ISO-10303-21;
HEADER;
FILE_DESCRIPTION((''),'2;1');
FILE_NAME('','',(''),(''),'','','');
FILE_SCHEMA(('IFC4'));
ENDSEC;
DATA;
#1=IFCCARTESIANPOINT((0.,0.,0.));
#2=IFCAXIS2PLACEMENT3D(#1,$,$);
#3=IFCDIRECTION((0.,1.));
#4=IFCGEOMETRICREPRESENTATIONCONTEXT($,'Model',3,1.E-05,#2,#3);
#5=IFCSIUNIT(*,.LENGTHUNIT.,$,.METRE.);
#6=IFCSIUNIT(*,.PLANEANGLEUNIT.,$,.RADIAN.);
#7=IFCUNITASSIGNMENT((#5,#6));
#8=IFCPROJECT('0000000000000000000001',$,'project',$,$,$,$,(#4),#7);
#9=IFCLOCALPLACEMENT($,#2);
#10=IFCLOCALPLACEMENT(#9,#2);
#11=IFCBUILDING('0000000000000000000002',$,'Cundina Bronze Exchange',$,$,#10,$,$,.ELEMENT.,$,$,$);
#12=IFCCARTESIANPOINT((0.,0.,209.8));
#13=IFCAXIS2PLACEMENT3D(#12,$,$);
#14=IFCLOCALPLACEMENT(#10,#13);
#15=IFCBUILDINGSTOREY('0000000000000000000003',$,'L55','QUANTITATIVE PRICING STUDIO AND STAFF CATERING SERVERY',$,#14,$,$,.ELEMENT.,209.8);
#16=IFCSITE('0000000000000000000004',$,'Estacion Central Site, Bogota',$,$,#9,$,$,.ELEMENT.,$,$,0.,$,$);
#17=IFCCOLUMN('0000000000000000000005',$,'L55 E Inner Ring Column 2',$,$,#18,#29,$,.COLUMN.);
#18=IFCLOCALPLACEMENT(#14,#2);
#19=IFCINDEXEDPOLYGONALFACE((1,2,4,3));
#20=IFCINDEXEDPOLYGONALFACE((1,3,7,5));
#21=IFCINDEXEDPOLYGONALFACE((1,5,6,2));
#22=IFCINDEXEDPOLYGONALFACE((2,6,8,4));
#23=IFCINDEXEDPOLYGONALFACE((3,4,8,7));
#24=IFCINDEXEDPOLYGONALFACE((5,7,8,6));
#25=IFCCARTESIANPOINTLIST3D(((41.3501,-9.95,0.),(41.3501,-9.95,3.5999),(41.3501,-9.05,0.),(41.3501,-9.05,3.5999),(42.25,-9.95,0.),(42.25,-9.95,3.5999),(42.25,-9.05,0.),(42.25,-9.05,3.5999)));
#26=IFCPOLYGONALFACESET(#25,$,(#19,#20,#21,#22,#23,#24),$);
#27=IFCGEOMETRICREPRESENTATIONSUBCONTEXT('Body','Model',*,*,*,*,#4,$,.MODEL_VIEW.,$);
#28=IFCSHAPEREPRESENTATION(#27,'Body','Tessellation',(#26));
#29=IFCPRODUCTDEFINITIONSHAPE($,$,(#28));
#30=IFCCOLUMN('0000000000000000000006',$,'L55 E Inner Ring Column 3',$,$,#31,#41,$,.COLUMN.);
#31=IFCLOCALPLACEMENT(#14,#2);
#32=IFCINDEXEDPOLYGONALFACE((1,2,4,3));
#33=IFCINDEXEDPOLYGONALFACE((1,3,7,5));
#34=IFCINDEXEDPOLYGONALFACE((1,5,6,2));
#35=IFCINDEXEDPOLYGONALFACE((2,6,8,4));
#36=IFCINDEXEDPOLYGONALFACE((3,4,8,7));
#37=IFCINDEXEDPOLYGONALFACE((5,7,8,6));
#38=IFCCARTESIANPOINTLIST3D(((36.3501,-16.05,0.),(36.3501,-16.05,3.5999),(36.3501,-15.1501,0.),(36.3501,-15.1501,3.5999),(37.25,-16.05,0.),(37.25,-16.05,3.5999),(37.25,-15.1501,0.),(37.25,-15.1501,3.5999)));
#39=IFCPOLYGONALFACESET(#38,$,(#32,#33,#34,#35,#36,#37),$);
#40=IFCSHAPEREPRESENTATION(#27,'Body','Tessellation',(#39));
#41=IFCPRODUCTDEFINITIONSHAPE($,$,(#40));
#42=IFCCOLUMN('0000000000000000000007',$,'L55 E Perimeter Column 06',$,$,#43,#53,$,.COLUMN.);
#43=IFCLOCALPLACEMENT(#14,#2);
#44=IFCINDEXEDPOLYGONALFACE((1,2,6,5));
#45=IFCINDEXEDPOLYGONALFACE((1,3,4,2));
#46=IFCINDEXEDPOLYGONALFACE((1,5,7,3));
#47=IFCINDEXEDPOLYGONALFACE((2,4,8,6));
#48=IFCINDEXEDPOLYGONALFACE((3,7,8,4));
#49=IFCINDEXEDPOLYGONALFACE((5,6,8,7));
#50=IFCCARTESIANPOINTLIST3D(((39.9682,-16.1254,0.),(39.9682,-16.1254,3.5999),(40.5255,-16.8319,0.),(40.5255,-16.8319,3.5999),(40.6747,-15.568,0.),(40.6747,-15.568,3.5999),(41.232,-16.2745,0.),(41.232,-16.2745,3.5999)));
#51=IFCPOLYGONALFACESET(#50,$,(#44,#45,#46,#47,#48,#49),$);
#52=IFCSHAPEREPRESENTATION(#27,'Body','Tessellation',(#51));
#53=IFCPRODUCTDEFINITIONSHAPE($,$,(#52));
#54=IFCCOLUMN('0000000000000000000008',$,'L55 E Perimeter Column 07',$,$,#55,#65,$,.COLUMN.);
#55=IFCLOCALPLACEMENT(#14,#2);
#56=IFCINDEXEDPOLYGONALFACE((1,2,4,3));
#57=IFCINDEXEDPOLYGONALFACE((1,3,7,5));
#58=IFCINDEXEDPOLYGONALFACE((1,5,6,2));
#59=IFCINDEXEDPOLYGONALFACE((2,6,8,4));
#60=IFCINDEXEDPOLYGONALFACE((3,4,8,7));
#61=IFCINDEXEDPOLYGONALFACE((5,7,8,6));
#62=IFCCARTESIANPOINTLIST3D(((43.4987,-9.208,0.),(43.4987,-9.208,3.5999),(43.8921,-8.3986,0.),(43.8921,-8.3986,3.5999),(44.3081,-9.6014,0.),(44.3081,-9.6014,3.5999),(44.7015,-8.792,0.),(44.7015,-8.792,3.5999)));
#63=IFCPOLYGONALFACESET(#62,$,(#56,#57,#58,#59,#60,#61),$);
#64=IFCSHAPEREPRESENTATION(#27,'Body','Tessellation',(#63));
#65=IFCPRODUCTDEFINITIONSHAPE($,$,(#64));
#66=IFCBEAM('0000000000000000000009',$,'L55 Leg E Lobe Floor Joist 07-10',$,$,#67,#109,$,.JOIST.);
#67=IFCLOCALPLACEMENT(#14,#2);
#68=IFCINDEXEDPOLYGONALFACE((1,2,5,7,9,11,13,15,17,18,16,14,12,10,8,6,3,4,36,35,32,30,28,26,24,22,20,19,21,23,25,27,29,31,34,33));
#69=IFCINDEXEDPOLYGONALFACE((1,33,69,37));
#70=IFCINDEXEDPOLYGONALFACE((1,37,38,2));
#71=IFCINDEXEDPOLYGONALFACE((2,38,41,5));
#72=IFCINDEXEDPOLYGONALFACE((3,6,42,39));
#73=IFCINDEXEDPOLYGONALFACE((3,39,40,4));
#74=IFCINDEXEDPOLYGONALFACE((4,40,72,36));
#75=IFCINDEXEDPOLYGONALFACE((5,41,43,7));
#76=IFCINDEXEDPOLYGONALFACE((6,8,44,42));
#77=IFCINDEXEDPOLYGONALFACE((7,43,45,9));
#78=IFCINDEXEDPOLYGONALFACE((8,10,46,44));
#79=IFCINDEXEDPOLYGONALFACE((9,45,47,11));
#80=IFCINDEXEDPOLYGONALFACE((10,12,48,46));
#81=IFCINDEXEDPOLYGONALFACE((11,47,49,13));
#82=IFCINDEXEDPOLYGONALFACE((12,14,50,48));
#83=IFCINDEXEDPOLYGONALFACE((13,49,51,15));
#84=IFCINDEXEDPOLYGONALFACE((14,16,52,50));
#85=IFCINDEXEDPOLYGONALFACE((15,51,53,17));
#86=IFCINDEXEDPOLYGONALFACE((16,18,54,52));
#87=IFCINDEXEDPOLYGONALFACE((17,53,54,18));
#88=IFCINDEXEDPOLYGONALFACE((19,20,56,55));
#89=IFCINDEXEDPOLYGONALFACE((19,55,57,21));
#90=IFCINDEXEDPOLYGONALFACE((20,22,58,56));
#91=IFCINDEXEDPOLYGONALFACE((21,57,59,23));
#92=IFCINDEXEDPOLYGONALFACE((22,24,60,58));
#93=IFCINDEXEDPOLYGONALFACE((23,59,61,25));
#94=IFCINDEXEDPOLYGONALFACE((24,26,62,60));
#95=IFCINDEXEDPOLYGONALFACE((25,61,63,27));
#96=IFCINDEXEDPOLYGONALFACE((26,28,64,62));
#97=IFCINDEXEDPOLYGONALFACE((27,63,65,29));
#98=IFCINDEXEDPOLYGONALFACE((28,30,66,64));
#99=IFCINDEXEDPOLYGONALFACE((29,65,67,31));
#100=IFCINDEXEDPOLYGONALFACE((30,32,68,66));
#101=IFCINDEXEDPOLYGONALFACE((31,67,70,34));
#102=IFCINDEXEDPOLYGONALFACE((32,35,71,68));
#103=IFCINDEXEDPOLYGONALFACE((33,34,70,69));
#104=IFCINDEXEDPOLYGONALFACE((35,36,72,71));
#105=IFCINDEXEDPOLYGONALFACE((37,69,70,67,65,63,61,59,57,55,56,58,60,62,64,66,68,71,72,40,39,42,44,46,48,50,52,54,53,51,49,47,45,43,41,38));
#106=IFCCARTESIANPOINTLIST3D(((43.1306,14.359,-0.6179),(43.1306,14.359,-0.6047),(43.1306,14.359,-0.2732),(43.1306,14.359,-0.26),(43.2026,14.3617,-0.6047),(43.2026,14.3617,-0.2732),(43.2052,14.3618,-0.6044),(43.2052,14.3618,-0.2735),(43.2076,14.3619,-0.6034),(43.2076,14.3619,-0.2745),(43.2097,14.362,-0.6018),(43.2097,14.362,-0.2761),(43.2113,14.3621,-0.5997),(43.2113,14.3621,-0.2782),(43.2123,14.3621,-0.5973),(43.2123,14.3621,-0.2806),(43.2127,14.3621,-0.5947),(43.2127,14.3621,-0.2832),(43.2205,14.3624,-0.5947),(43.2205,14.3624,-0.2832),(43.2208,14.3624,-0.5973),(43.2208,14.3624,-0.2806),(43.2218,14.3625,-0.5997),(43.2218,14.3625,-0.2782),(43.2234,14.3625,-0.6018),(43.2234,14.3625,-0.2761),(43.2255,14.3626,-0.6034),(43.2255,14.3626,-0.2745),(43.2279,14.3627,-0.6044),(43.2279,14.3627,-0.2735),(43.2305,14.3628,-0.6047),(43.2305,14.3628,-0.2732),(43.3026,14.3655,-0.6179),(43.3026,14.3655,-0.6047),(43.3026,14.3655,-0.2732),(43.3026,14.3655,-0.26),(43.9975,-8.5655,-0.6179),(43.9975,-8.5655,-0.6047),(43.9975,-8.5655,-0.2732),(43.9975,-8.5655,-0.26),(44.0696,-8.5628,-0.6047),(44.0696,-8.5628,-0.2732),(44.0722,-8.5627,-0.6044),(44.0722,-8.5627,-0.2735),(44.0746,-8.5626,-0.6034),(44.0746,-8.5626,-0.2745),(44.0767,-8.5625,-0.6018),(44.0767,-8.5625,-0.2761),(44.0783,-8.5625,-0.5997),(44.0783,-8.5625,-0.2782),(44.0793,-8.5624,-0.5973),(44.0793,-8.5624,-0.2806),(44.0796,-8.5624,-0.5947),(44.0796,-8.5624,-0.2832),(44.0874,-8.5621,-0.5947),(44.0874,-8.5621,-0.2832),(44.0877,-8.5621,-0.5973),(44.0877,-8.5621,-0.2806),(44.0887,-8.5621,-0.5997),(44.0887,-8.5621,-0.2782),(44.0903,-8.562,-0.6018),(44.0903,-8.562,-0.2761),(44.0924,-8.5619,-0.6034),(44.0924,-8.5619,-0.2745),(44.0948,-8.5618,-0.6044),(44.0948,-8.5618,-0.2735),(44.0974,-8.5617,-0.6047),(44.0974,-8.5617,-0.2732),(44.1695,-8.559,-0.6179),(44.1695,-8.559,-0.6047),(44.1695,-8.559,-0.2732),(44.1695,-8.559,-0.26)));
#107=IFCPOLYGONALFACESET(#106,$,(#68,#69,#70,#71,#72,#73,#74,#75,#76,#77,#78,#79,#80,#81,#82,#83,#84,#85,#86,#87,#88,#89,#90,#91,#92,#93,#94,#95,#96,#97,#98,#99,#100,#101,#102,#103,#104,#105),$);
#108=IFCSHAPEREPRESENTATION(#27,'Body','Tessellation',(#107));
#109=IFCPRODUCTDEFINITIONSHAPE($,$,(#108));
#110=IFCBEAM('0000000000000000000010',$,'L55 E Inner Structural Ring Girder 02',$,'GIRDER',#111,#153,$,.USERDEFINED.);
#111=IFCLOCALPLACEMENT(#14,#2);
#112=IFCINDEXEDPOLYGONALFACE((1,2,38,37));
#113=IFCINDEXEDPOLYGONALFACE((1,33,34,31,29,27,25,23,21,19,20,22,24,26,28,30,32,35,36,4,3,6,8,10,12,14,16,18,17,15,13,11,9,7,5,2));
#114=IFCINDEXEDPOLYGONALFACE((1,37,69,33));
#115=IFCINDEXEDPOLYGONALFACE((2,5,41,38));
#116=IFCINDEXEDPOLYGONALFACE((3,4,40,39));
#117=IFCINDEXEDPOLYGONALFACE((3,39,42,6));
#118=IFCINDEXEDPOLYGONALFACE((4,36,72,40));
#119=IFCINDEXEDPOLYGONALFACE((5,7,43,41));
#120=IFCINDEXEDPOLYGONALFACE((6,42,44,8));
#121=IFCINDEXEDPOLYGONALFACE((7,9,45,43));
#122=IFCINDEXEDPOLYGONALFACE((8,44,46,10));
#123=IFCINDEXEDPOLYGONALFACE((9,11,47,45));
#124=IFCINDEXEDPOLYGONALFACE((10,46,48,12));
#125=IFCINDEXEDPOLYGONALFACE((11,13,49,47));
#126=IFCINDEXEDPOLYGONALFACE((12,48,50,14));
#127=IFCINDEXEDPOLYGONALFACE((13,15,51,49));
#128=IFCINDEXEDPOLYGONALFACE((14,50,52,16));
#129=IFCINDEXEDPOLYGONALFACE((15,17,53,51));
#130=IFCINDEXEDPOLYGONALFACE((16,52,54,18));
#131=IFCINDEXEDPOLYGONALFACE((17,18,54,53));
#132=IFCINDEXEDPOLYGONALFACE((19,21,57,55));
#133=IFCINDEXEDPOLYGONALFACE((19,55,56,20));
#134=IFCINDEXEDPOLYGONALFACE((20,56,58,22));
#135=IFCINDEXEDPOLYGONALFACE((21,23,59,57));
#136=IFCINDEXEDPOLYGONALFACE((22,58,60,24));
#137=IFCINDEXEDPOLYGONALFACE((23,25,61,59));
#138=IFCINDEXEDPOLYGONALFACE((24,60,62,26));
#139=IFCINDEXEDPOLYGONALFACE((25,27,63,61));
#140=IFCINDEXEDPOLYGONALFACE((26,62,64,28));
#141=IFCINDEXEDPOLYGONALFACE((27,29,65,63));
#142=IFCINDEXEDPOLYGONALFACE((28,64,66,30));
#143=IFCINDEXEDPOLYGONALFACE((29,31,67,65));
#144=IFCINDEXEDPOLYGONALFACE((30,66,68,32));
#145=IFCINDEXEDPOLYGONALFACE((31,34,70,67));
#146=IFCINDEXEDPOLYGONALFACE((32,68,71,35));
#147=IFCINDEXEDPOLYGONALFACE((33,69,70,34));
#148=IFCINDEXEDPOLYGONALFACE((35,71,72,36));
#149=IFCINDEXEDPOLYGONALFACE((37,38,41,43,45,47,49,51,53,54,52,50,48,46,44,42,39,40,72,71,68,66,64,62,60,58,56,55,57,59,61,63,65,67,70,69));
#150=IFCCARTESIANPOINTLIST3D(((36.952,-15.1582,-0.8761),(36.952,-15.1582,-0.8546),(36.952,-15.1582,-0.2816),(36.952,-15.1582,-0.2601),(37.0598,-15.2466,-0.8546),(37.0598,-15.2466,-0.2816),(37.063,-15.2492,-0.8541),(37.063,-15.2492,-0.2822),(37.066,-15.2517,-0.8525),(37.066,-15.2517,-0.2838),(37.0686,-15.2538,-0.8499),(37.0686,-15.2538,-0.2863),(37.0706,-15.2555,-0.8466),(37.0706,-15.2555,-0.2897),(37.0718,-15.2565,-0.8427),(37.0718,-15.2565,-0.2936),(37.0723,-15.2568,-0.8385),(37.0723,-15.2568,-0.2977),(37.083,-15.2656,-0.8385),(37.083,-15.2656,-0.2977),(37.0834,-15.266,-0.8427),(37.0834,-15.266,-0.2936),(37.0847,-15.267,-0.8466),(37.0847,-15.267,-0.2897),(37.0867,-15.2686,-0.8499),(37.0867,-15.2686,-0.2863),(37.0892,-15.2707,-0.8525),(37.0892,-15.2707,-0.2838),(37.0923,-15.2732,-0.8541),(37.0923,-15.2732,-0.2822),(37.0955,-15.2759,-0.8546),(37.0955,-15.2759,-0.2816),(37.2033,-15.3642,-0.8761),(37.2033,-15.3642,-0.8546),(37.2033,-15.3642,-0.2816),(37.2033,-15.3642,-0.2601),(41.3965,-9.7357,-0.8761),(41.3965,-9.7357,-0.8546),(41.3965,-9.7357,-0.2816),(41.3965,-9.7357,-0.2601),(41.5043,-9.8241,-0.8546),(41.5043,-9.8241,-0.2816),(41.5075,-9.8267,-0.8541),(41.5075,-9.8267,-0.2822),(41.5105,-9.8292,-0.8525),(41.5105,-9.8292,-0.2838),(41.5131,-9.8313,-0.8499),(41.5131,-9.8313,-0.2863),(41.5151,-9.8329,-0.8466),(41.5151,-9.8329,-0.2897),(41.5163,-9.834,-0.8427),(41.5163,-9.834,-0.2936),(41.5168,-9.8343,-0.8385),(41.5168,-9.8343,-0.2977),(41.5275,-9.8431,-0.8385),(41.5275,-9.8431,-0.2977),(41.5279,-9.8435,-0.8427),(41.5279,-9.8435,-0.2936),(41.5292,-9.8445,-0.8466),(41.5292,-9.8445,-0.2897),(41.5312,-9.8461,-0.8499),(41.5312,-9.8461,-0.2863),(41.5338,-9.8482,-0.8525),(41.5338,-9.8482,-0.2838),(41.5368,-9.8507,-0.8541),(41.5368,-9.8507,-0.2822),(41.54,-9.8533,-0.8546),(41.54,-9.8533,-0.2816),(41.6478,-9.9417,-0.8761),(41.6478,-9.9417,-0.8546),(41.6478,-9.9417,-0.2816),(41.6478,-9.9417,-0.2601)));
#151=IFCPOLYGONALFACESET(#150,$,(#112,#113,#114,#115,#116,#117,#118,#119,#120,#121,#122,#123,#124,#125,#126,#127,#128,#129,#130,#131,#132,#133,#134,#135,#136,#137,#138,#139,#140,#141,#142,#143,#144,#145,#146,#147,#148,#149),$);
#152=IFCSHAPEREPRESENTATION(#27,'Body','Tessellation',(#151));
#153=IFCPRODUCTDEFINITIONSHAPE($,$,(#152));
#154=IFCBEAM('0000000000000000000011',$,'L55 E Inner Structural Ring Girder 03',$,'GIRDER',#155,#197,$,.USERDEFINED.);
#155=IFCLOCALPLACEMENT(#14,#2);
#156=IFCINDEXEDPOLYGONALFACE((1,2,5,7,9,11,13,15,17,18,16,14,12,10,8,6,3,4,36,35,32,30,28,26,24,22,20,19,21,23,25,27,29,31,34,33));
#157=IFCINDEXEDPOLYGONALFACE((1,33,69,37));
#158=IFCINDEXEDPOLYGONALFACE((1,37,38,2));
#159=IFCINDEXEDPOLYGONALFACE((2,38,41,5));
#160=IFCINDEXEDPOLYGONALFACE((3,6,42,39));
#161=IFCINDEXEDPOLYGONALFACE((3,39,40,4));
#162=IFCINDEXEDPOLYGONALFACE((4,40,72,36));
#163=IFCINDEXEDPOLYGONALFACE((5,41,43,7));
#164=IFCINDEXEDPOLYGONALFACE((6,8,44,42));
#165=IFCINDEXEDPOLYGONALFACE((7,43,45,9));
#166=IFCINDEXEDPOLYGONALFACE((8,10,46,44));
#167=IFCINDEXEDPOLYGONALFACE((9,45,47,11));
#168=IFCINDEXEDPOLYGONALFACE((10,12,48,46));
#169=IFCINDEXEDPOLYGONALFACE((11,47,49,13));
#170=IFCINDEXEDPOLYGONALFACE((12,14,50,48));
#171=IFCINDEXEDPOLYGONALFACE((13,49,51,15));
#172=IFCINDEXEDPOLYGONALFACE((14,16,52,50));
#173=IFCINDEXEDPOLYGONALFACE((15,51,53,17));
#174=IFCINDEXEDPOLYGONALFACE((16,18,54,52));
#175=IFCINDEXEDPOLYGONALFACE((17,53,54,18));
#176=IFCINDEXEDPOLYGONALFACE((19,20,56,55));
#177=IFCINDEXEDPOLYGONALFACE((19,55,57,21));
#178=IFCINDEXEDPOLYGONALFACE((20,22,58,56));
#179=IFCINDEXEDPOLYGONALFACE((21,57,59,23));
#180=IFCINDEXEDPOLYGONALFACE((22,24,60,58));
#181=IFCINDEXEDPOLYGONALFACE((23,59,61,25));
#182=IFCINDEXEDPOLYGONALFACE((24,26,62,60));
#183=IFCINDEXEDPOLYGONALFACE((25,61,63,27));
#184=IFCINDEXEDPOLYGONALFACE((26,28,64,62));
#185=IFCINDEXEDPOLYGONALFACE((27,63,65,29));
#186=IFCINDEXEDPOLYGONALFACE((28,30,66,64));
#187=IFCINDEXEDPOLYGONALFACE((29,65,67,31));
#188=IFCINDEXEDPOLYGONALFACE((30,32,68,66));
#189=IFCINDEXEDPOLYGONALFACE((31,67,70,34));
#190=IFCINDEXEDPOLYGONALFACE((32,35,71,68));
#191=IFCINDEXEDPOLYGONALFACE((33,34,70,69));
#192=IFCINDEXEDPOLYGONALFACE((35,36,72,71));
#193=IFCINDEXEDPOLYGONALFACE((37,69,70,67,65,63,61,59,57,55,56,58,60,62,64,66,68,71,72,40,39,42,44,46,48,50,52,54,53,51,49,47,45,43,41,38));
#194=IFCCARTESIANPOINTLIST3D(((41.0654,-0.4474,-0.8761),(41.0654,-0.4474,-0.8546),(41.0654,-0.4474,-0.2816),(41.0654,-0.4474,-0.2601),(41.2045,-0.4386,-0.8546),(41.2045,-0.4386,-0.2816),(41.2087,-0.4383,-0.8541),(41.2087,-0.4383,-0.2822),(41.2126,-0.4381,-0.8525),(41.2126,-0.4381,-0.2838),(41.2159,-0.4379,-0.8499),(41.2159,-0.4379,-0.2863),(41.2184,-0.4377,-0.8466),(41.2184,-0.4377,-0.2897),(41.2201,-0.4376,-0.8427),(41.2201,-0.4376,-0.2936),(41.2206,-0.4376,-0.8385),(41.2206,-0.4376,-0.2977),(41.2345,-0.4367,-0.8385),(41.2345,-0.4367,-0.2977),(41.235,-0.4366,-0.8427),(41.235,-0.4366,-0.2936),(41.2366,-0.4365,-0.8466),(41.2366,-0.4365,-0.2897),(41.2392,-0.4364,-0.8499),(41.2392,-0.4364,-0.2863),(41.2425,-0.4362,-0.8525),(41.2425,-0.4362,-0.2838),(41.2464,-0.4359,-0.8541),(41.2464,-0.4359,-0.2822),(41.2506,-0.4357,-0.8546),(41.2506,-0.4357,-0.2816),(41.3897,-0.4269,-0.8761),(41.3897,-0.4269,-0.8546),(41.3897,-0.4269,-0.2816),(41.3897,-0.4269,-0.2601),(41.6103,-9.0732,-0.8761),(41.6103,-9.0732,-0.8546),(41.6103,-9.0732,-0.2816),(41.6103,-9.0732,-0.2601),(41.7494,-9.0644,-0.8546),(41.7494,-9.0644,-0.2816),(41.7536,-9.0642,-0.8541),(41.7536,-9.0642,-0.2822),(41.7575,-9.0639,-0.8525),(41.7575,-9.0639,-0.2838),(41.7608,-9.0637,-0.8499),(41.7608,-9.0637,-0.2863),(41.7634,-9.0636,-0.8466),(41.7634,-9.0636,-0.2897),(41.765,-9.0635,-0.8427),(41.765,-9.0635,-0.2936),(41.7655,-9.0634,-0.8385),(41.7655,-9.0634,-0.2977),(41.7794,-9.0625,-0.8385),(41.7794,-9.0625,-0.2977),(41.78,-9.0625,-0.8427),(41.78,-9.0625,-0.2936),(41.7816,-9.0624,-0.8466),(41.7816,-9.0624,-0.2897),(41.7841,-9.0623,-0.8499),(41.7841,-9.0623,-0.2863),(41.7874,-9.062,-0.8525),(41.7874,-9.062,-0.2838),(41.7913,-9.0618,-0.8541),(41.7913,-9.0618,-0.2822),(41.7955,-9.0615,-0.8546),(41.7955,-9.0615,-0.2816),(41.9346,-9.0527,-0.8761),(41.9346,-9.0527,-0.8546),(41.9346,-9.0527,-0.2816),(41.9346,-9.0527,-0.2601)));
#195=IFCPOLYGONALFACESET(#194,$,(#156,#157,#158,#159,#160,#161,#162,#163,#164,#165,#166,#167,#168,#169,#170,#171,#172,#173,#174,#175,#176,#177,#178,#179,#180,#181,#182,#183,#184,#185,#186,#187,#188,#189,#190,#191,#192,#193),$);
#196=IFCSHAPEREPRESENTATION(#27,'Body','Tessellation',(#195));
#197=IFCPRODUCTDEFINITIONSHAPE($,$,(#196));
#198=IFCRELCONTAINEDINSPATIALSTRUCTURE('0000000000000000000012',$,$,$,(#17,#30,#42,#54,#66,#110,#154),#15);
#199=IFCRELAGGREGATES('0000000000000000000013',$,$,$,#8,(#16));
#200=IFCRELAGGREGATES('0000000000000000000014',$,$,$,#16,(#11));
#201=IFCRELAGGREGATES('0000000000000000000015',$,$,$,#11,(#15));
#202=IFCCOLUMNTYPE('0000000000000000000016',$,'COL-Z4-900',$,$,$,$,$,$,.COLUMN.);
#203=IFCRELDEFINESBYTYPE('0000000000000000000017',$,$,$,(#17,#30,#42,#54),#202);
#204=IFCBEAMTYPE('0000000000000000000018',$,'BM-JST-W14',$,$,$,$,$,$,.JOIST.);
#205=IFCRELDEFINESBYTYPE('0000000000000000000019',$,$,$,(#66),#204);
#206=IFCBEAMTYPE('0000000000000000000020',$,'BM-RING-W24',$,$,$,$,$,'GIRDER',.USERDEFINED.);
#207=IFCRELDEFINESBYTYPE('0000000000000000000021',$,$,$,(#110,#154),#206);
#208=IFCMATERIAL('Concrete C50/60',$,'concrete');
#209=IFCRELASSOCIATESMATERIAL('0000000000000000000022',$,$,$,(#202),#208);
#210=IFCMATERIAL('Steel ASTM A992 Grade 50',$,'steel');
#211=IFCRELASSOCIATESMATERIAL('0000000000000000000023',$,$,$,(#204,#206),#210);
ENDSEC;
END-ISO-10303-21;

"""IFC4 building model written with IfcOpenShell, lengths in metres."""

from ifc_helpers import new_model, si_unit, direction, frame, origin, origin_2d, place, context, subcontext, project, spatial, rectangle, i_section, extrude, material, material_profile, profile_set, type_object, element, save


model = new_model("IFC4")

# Units and contexts
model_context = context("Model", 3, precision=1e-05, world=origin(), true_north=direction((0.0, 1.0)))
body_context = subcontext(model_context, "Body", "Model", "MODEL_VIEW")
ifc_project = project(units=[si_unit("LENGTHUNIT", "METRE"), si_unit("PLANEANGLEUNIT", "RADIAN")], contexts=[model_context])

# Site, building, storey
site_placement = place(None, origin())
site = spatial("IfcSite", under=ifc_project, at=site_placement, Name="Estacion Central Site, Bogota", CompositionType="ELEMENT", RefElevation=0.0)
building_placement = place(site_placement, origin())
building = spatial("IfcBuilding", under=site, at=building_placement, Name="Cundina Bronze Exchange", CompositionType="ELEMENT")
storey_placement = place(building_placement, frame((0.0, 0.0, 209.8)))
storey = spatial("IfcBuildingStorey", under=building, at=storey_placement, Name="L55", Description="QUANTITATIVE PRICING STUDIO AND STAFF CATERING SERVERY", CompositionType="ELEMENT", Elevation=209.8)

# Columns
ifc_material_1 = material(Name="Concrete C50/60", Category="concrete")
ifc_material_profile_1 = material_profile(ifc_material_1, rectangle(XDim=0.8999, YDim=0.8999, at=origin_2d()), Name="RC900X900", Category="concrete")
ifc_profile_set_1 = profile_set([ifc_material_profile_1], Name="Concrete C50/60")
column_type = type_object("IfcColumnType", Name="COL-Z4-900", PredefinedType="COLUMN", material=ifc_profile_set_1)
for number, where, z_axis, x_axis, name in (
    (1, (41.8, -9.5, 0.0), (0.0, 0.0, 1.0), (1.0, 0.0, 0.0), "L55 E Inner Ring Column 2"),
    (2, (36.8, -15.6001, 0.0), (0.0, 0.0, 1.0), (1.0, 0.0, 0.0), "L55 E Inner Ring Column 3"),
    (3, (40.6001, -16.2, 0.0), (0.0, 0.0, 1.0), (0.785101, 0.619368, 0.0), "L55 E Perimeter Column 06"),
    (4, (44.1001, -9.0, 0.0), (0.0, 0.0, 1.0), (0.437116, 0.899405, 0.0), "L55 E Perimeter Column 07"),
):
    element("IfcColumn", number, at=place(storey_placement, frame(where, z_axis=z_axis, x_axis=x_axis)), inside=storey, type_object=column_type, Name=name, PredefinedType="COLUMN", context=body_context, shape_type="SweptSolid", body=[
        extrude(rectangle(XDim=0.8999, YDim=0.8999, at=origin_2d()), origin(), (0.0, 0.0, 1.0), 3.5999),
    ])

# Beams
ifc_material_2 = material(Name="Steel ASTM A992 Grade 50", Category="steel")
ifc_material_profile_2 = material_profile(ifc_material_2, i_section(OverallWidth=0.1721, OverallDepth=0.3579, WebThickness=0.0078, FlangeThickness=0.0132, FilletRadius=0.01, at=origin_2d()), Name="W14X38", Category="steel")
ifc_profile_set_2 = profile_set([ifc_material_profile_2], Name="Steel ASTM A992 Grade 50")
beam_type_1 = type_object("IfcBeamType", Name="BM-JST-W14", PredefinedType="JOIST", material=ifc_profile_set_2)
beam_1_placement = place(storey_placement, frame((44.0835, -8.5623, -0.439), z_axis=(-0.03779, 0.999286, 0.0), x_axis=(-0.999286, -0.03779, 0.0)))
element("IfcBeam", 5, at=beam_1_placement, inside=storey, type_object=beam_type_1, Name="L55 Leg E Lobe Floor Joist 07-10", PredefinedType="JOIST", context=body_context, shape_type="SweptSolid", body=[
    extrude(i_section(OverallWidth=0.1721, OverallDepth=0.3579, WebThickness=0.0078, FlangeThickness=0.0132, FilletRadius=0.01, at=origin_2d()), origin(), (0.0, 0.0, 1.0), 22.9409),
])
ifc_material_profile_3 = material_profile(ifc_material_2, i_section(OverallWidth=0.325, OverallDepth=0.616, WebThickness=0.0139, FlangeThickness=0.0215, FilletRadius=0.0161, at=origin_2d()), Name="W24X117", Category="steel")
ifc_profile_set_3 = profile_set([ifc_material_profile_3], Name="Steel ASTM A992 Grade 50")
beam_type_2 = type_object("IfcBeamType", Name="BM-RING-W24", ElementType="GIRDER", PredefinedType="USERDEFINED", material=ifc_profile_set_3)
beam_2_placement = place(storey_placement, frame((37.0776, -15.2612, -0.5681), z_axis=(0.633913, 0.773405, 0.0), x_axis=(-0.773405, 0.633913, 0.0)))
element("IfcBeam", 6, at=beam_2_placement, inside=storey, type_object=beam_type_2, Name="L55 E Inner Structural Ring Girder 02", ObjectType="GIRDER", PredefinedType="USERDEFINED", context=body_context, shape_type="SweptSolid", body=[
    extrude(i_section(OverallWidth=0.325, OverallDepth=0.616, WebThickness=0.0139, FlangeThickness=0.0215, FilletRadius=0.0161, at=origin_2d()), origin(), (0.0, 0.0, 1.0), 7.0112),
])
beam_3_placement = place(storey_placement, frame((41.7725, -9.063, -0.5681), z_axis=(-0.063047, 0.998011, 0.0), x_axis=(-0.998011, -0.063047, 0.0)))
element("IfcBeam", 7, at=beam_3_placement, inside=storey, type_object=beam_type_2, Name="L55 E Inner Structural Ring Girder 03", ObjectType="GIRDER", PredefinedType="USERDEFINED", context=body_context, shape_type="SweptSolid", body=[
    extrude(i_section(OverallWidth=0.325, OverallDepth=0.616, WebThickness=0.0139, FlangeThickness=0.0215, FilletRadius=0.0161, at=origin_2d()), origin(), (0.0, 0.0, 1.0), 8.6431),
])

save(model, "model.ifc")
